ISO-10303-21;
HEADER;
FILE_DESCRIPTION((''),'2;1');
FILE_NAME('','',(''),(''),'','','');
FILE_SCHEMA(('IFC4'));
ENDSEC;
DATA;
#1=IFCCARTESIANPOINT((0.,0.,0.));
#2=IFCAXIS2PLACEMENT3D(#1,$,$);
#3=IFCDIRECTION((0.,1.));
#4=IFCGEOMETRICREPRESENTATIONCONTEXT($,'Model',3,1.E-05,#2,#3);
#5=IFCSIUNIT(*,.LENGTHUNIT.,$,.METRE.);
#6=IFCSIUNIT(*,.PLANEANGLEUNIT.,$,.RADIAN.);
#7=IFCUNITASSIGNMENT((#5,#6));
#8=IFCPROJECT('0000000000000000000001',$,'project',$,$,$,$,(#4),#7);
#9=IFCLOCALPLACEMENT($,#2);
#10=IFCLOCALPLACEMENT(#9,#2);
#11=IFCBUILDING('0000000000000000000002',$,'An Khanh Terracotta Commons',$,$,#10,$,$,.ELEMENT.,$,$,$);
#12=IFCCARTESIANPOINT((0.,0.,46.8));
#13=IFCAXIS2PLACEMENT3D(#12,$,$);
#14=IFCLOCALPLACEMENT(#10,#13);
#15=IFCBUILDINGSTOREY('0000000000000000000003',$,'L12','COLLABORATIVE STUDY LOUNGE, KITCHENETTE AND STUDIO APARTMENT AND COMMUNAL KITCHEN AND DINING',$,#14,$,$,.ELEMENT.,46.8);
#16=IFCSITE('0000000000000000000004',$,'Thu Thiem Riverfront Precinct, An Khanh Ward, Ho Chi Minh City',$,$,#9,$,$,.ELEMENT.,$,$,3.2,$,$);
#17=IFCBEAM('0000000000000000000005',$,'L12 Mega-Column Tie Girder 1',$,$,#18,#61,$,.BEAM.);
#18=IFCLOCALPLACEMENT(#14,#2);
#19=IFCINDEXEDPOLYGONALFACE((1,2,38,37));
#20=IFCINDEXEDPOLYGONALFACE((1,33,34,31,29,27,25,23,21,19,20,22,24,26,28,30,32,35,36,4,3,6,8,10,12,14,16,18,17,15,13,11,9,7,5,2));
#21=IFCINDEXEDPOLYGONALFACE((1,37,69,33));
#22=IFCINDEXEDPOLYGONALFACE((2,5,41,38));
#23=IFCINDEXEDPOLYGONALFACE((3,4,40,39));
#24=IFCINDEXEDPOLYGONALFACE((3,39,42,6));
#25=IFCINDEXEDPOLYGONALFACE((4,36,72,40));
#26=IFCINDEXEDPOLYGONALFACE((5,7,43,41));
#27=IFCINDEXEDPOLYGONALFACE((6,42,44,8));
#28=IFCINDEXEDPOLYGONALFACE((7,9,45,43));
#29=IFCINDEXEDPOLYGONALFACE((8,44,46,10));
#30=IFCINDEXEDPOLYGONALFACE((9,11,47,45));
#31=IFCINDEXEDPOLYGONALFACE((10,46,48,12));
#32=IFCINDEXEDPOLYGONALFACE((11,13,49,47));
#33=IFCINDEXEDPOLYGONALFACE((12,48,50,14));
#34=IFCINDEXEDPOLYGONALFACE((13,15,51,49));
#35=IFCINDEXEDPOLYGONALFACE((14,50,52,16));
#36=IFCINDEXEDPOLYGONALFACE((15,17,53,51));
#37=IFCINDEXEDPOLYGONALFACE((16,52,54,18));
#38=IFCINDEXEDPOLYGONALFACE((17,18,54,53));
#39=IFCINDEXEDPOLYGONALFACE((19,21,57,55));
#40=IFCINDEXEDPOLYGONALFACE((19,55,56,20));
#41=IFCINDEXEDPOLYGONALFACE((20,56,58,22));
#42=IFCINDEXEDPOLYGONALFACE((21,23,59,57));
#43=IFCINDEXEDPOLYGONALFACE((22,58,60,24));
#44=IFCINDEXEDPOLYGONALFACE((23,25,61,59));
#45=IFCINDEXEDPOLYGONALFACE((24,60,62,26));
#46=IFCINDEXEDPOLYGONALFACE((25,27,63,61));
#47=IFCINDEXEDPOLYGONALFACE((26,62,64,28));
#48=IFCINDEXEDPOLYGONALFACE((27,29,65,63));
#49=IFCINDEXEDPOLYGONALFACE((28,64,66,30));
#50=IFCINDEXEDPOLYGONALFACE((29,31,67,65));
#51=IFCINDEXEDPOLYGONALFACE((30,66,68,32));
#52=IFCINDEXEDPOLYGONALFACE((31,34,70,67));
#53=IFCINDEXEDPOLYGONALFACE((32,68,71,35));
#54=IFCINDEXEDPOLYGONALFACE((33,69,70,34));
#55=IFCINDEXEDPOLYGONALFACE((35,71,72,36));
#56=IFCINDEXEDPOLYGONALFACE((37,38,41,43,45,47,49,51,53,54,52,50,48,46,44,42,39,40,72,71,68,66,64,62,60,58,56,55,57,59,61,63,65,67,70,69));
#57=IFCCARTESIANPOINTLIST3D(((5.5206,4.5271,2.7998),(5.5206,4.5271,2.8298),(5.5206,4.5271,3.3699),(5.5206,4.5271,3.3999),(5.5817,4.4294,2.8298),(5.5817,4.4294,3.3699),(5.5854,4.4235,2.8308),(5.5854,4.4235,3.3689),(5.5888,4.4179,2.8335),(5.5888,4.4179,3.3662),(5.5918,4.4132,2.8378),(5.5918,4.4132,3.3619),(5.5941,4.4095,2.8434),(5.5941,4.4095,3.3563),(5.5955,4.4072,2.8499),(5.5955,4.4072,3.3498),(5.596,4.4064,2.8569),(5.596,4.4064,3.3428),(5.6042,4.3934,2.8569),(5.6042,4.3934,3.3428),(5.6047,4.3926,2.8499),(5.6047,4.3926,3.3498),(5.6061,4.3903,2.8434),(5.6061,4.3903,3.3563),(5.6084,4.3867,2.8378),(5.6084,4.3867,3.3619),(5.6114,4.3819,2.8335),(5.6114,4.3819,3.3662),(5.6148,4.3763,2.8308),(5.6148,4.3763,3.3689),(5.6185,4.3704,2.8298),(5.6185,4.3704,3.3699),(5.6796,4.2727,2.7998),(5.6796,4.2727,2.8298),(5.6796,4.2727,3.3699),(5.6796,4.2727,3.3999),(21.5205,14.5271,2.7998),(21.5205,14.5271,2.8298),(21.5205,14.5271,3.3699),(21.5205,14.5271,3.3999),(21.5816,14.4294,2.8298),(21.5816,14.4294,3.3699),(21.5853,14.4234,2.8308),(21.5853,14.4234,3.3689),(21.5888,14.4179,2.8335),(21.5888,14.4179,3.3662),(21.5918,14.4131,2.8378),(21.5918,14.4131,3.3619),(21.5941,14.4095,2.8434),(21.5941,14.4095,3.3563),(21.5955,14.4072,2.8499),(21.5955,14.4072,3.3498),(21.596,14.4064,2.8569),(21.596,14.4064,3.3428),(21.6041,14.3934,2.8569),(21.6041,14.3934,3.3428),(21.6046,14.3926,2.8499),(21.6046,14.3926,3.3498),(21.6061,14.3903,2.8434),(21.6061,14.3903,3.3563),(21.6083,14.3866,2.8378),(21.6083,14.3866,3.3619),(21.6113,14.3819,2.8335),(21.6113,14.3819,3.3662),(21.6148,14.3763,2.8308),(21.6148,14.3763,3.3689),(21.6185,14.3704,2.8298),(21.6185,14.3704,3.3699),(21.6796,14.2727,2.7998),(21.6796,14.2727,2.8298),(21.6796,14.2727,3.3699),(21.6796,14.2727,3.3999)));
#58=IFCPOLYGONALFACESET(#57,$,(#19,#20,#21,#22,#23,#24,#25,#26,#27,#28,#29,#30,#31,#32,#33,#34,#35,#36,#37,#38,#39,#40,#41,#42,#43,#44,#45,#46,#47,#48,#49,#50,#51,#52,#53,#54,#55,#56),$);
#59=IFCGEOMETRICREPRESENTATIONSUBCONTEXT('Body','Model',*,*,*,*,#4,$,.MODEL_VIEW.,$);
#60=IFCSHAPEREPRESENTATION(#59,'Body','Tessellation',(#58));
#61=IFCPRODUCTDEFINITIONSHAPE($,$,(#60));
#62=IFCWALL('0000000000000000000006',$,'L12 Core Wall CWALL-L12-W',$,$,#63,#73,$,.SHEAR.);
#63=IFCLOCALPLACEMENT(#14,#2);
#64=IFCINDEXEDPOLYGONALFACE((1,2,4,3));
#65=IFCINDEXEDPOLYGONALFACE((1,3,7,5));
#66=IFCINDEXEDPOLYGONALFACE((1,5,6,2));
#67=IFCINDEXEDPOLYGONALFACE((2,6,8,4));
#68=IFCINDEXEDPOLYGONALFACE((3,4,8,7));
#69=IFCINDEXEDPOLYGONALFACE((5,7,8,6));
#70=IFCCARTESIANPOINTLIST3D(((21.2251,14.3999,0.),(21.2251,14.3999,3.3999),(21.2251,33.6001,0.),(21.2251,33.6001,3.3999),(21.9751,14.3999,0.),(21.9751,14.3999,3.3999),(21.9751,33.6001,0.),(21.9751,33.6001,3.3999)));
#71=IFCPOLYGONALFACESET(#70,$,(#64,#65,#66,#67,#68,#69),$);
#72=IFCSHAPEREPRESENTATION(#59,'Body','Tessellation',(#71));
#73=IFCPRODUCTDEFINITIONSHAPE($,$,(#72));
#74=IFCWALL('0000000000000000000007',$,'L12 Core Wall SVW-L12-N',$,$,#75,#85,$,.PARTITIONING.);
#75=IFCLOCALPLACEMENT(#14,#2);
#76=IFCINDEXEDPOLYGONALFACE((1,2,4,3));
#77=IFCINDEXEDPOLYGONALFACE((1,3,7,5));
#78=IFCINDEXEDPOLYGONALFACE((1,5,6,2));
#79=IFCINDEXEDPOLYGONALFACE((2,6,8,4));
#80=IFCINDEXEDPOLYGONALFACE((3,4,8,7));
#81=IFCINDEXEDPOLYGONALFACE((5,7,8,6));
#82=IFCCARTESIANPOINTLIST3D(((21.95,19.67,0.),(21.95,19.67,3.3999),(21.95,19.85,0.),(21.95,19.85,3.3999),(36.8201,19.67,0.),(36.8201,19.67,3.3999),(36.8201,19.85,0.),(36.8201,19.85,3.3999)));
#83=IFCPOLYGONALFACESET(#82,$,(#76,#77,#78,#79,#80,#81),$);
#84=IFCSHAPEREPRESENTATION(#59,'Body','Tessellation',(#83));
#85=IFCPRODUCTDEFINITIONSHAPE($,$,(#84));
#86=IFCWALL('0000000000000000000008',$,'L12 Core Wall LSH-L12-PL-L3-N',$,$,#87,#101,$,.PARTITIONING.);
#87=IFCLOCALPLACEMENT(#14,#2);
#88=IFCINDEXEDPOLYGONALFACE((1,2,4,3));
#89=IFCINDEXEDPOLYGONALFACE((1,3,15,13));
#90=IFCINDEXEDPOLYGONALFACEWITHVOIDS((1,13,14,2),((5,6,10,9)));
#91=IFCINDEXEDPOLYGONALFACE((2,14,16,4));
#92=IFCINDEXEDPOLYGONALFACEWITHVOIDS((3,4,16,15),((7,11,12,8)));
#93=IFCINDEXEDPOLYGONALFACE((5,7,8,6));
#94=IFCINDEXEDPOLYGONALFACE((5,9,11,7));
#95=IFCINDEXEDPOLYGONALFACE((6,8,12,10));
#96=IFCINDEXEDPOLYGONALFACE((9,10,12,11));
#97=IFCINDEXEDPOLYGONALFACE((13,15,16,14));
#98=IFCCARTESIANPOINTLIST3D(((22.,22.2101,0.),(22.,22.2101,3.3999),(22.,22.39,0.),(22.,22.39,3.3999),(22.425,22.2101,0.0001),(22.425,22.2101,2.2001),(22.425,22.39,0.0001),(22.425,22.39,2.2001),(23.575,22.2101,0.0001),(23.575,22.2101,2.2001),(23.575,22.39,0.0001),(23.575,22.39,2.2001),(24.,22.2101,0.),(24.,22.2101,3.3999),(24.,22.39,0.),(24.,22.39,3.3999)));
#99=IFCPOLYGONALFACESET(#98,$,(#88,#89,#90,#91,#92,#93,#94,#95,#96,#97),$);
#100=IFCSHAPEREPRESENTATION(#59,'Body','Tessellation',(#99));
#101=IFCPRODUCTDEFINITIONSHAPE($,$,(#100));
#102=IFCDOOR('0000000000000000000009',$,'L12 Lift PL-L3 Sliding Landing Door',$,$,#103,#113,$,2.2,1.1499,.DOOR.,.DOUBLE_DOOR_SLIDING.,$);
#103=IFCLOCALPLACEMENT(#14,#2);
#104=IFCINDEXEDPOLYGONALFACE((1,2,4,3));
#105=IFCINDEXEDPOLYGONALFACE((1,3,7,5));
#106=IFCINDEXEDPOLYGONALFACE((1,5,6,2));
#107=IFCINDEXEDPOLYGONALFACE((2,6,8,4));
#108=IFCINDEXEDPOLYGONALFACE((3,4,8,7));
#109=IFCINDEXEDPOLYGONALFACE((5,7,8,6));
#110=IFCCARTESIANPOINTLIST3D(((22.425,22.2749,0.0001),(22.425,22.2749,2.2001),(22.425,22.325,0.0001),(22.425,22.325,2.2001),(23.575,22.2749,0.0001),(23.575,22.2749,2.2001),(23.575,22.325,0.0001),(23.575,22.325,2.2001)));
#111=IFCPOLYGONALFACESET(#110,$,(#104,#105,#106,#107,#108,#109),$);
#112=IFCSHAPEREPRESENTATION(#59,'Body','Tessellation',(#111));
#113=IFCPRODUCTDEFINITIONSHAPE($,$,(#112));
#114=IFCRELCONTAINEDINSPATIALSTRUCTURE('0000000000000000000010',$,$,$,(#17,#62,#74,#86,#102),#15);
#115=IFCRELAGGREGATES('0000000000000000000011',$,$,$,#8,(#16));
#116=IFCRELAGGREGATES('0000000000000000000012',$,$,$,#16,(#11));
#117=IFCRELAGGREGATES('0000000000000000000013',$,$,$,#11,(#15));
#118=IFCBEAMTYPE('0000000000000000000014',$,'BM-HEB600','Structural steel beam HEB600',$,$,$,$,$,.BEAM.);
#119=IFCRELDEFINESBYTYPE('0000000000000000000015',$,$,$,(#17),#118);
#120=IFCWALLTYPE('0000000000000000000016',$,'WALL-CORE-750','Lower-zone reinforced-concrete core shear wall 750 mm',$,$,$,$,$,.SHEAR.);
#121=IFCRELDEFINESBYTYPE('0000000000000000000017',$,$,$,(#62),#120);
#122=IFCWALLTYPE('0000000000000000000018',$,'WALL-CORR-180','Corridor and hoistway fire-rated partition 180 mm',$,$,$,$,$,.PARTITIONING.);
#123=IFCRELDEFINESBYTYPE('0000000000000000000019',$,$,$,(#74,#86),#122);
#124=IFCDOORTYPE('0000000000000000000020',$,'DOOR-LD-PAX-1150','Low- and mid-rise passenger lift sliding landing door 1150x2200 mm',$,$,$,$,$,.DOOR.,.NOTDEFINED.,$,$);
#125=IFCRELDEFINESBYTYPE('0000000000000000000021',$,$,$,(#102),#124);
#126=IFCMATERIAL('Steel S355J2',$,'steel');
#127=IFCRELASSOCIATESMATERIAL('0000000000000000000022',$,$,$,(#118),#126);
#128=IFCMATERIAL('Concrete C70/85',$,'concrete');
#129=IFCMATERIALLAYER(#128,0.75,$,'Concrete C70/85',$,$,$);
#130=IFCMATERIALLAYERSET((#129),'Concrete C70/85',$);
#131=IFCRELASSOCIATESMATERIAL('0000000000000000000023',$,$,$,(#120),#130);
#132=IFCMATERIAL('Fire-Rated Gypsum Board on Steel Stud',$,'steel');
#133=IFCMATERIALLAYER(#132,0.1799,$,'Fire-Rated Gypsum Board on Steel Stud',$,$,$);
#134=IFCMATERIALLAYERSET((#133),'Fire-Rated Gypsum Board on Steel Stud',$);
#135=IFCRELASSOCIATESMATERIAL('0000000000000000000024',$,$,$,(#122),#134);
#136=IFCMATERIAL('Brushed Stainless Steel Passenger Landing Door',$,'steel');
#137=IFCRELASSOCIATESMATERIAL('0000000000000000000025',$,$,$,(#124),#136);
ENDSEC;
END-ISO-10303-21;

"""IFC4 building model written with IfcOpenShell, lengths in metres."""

from ifc_helpers import new_model, si_unit, direction, frame, frame_2d, origin, origin_2d, place, context, subcontext, project, spatial, rectangle, i_section, extrude, material, layer, layer_set, material_profile, profile_set, type_object, element, fill, save


model = new_model("IFC4")

# Units and contexts
model_context = context("Model", 3, precision=1e-05, world=origin(), true_north=direction((0.0, 1.0)))
body_context = subcontext(model_context, "Body", "Model", "MODEL_VIEW")
ifc_project = project(units=[si_unit("LENGTHUNIT", "METRE"), si_unit("PLANEANGLEUNIT", "RADIAN")], contexts=[model_context])

# Site, building, storey
site_placement = place(None, origin())
site = spatial("IfcSite", under=ifc_project, at=site_placement, Name="Thu Thiem Riverfront Precinct, An Khanh Ward, Ho Chi Minh City", CompositionType="ELEMENT", RefElevation=3.2)
building_placement = place(site_placement, origin())
building = spatial("IfcBuilding", under=site, at=building_placement, Name="An Khanh Terracotta Commons", CompositionType="ELEMENT")
storey_placement = place(building_placement, frame((0.0, 0.0, 46.8)))
storey = spatial("IfcBuildingStorey", under=building, at=storey_placement, Name="L12", Description="COLLABORATIVE STUDY LOUNGE, KITCHENETTE AND STUDIO APARTMENT AND COMMUNAL KITCHEN AND DINING", CompositionType="ELEMENT", Elevation=46.8)

# Shared definitions
ifc_material_1 = material(Name="Concrete C70/85", Category="concrete")

# Beam
ifc_material_2 = material(Name="Steel S355J2", Category="steel")
ifc_material_profile_1 = material_profile(ifc_material_2, i_section(OverallWidth=0.3, OverallDepth=0.6001, WebThickness=0.0154, FlangeThickness=0.03, FilletRadius=0.0271, at=origin_2d()), Name="HEB600")
ifc_profile_set_1 = profile_set([ifc_material_profile_1], Name="Steel S355J2")
beam_type_1 = type_object("IfcBeamType", Name="BM-HEB600", Description="Structural steel beam HEB600", PredefinedType="BEAM", material=ifc_profile_set_1)
beam_1_placement = place(storey_placement, frame((5.6001, 4.3999, 3.0999), z_axis=(0.847998, 0.529999, 0.0), x_axis=(-0.529999, 0.847998, 0.0)))
element("IfcBeam", 1, at=beam_1_placement, inside=storey, type_object=beam_type_1, Name="L12 Mega-Column Tie Girder 1", PredefinedType="BEAM", context=body_context, shape_type="SweptSolid", body=[
    extrude(i_section(OverallWidth=0.3, OverallDepth=0.6001, WebThickness=0.0154, FlangeThickness=0.03, FilletRadius=0.0271, at=origin_2d()), origin(), (0.0, 0.0, 1.0), 18.8679),
])

# Walls
ifc_layer_1 = layer(ifc_material_1, 0.75, Name="Concrete C70/85")
ifc_layer_set_1 = layer_set([ifc_layer_1], Name="Concrete C70/85")
wall_type_1 = type_object("IfcWallType", Name="WALL-CORE-750", Description="Lower-zone reinforced-concrete core shear wall 750 mm", PredefinedType="SHEAR", material=ifc_layer_set_1)
wall_1_placement = place(storey_placement, frame((21.6001, 14.3999, 0.0), z_axis=(0.0, 0.0, 1.0), x_axis=(0.0, 1.0, 0.0)))
element("IfcWall", 2, at=wall_1_placement, inside=storey, type_object=wall_type_1, Name="L12 Core Wall CWALL-L12-W", PredefinedType="SHEAR", context=body_context, shape_type="SweptSolid", body=[
    extrude(rectangle(XDim=19.2002, YDim=0.75, at=frame_2d((9.6001, 0.0))), origin(), (0.0, 0.0, 1.0), 3.3999),
])
ifc_material_3 = material(Name="Fire-Rated Gypsum Board on Steel Stud", Category="steel")
ifc_layer_2 = layer(ifc_material_3, 0.1799, Name="Fire-Rated Gypsum Board on Steel Stud")
ifc_layer_set_2 = layer_set([ifc_layer_2], Name="Fire-Rated Gypsum Board on Steel Stud")
wall_type_2 = type_object("IfcWallType", Name="WALL-CORR-180", Description="Corridor and hoistway fire-rated partition 180 mm", PredefinedType="PARTITIONING", material=ifc_layer_set_2)
wall_2_placement = place(storey_placement, frame((21.95, 19.76, 0.0), z_axis=(0.0, 0.0, 1.0), x_axis=(1.0, 0.0, 0.0)))
element("IfcWall", 3, at=wall_2_placement, inside=storey, type_object=wall_type_2, Name="L12 Core Wall SVW-L12-N", PredefinedType="PARTITIONING", context=body_context, shape_type="SweptSolid", body=[
    extrude(rectangle(XDim=14.8701, YDim=0.1799, at=frame_2d((7.4351, 0.0))), origin(), (0.0, 0.0, 1.0), 3.3999),
])

# Wall, opening, door
wall_3_placement = place(storey_placement, frame((22.0, 22.3, 0.0), z_axis=(0.0, 0.0, 1.0), x_axis=(1.0, 0.0, 0.0)))
wall_3 = element("IfcWall", 4, at=wall_3_placement, inside=storey, type_object=wall_type_2, Name="L12 Core Wall LSH-L12-PL-L3-N", PredefinedType="PARTITIONING", context=body_context, shape_type="SweptSolid", body=[
    extrude(rectangle(XDim=2.0, YDim=0.1799, at=frame_2d((1.0, 0.0))), origin(), (0.0, 0.0, 1.0), 3.3999),
])
opening_1_placement = place(wall_3_placement, frame((0.425, 0.0, 0.0)))
opening_1 = element("IfcOpeningElement", 5, at=opening_1_placement, cuts=wall_3, PredefinedType="OPENING", context=body_context, shape_type="SweptSolid", body=[
    extrude(rectangle(XDim=1.1499, YDim=2.2, at=frame_2d((0.575, 1.1001))), frame((0.0, 0.0999, 0.0), z_axis=(0.0, -1.0, 0.0), x_axis=(1.0, 0.0, 0.0)), (0.0, 0.0, 1.0), 0.2),
])
ifc_material_4 = material(Name="Brushed Stainless Steel Passenger Landing Door", Category="steel")
door_type_1 = type_object("IfcDoorType", Name="DOOR-LD-PAX-1150", Description="Low- and mid-rise passenger lift sliding landing door 1150x2200 mm", OperationType="NOTDEFINED", PredefinedType="DOOR", material=ifc_material_4)
door_1_placement = place(opening_1_placement, origin())
door_1 = element("IfcDoor", 6, at=door_1_placement, inside=storey, type_object=door_type_1, Name="L12 Lift PL-L3 Sliding Landing Door", OperationType="DOUBLE_DOOR_SLIDING", OverallHeight=2.2, OverallWidth=1.1499, PredefinedType="DOOR", context=body_context, shape_type="SweptSolid", body=[
    extrude(rectangle(XDim=1.1499, YDim=2.2, at=frame_2d((0.575, 1.1001))), frame((0.0, 0.0249, 0.0), z_axis=(0.0, -1.0, 0.0), x_axis=(1.0, 0.0, 0.0)), (0.0, 0.0, 1.0), 0.05),
])
fill(opening_1, door_1)

save(model, "model.ifc")
